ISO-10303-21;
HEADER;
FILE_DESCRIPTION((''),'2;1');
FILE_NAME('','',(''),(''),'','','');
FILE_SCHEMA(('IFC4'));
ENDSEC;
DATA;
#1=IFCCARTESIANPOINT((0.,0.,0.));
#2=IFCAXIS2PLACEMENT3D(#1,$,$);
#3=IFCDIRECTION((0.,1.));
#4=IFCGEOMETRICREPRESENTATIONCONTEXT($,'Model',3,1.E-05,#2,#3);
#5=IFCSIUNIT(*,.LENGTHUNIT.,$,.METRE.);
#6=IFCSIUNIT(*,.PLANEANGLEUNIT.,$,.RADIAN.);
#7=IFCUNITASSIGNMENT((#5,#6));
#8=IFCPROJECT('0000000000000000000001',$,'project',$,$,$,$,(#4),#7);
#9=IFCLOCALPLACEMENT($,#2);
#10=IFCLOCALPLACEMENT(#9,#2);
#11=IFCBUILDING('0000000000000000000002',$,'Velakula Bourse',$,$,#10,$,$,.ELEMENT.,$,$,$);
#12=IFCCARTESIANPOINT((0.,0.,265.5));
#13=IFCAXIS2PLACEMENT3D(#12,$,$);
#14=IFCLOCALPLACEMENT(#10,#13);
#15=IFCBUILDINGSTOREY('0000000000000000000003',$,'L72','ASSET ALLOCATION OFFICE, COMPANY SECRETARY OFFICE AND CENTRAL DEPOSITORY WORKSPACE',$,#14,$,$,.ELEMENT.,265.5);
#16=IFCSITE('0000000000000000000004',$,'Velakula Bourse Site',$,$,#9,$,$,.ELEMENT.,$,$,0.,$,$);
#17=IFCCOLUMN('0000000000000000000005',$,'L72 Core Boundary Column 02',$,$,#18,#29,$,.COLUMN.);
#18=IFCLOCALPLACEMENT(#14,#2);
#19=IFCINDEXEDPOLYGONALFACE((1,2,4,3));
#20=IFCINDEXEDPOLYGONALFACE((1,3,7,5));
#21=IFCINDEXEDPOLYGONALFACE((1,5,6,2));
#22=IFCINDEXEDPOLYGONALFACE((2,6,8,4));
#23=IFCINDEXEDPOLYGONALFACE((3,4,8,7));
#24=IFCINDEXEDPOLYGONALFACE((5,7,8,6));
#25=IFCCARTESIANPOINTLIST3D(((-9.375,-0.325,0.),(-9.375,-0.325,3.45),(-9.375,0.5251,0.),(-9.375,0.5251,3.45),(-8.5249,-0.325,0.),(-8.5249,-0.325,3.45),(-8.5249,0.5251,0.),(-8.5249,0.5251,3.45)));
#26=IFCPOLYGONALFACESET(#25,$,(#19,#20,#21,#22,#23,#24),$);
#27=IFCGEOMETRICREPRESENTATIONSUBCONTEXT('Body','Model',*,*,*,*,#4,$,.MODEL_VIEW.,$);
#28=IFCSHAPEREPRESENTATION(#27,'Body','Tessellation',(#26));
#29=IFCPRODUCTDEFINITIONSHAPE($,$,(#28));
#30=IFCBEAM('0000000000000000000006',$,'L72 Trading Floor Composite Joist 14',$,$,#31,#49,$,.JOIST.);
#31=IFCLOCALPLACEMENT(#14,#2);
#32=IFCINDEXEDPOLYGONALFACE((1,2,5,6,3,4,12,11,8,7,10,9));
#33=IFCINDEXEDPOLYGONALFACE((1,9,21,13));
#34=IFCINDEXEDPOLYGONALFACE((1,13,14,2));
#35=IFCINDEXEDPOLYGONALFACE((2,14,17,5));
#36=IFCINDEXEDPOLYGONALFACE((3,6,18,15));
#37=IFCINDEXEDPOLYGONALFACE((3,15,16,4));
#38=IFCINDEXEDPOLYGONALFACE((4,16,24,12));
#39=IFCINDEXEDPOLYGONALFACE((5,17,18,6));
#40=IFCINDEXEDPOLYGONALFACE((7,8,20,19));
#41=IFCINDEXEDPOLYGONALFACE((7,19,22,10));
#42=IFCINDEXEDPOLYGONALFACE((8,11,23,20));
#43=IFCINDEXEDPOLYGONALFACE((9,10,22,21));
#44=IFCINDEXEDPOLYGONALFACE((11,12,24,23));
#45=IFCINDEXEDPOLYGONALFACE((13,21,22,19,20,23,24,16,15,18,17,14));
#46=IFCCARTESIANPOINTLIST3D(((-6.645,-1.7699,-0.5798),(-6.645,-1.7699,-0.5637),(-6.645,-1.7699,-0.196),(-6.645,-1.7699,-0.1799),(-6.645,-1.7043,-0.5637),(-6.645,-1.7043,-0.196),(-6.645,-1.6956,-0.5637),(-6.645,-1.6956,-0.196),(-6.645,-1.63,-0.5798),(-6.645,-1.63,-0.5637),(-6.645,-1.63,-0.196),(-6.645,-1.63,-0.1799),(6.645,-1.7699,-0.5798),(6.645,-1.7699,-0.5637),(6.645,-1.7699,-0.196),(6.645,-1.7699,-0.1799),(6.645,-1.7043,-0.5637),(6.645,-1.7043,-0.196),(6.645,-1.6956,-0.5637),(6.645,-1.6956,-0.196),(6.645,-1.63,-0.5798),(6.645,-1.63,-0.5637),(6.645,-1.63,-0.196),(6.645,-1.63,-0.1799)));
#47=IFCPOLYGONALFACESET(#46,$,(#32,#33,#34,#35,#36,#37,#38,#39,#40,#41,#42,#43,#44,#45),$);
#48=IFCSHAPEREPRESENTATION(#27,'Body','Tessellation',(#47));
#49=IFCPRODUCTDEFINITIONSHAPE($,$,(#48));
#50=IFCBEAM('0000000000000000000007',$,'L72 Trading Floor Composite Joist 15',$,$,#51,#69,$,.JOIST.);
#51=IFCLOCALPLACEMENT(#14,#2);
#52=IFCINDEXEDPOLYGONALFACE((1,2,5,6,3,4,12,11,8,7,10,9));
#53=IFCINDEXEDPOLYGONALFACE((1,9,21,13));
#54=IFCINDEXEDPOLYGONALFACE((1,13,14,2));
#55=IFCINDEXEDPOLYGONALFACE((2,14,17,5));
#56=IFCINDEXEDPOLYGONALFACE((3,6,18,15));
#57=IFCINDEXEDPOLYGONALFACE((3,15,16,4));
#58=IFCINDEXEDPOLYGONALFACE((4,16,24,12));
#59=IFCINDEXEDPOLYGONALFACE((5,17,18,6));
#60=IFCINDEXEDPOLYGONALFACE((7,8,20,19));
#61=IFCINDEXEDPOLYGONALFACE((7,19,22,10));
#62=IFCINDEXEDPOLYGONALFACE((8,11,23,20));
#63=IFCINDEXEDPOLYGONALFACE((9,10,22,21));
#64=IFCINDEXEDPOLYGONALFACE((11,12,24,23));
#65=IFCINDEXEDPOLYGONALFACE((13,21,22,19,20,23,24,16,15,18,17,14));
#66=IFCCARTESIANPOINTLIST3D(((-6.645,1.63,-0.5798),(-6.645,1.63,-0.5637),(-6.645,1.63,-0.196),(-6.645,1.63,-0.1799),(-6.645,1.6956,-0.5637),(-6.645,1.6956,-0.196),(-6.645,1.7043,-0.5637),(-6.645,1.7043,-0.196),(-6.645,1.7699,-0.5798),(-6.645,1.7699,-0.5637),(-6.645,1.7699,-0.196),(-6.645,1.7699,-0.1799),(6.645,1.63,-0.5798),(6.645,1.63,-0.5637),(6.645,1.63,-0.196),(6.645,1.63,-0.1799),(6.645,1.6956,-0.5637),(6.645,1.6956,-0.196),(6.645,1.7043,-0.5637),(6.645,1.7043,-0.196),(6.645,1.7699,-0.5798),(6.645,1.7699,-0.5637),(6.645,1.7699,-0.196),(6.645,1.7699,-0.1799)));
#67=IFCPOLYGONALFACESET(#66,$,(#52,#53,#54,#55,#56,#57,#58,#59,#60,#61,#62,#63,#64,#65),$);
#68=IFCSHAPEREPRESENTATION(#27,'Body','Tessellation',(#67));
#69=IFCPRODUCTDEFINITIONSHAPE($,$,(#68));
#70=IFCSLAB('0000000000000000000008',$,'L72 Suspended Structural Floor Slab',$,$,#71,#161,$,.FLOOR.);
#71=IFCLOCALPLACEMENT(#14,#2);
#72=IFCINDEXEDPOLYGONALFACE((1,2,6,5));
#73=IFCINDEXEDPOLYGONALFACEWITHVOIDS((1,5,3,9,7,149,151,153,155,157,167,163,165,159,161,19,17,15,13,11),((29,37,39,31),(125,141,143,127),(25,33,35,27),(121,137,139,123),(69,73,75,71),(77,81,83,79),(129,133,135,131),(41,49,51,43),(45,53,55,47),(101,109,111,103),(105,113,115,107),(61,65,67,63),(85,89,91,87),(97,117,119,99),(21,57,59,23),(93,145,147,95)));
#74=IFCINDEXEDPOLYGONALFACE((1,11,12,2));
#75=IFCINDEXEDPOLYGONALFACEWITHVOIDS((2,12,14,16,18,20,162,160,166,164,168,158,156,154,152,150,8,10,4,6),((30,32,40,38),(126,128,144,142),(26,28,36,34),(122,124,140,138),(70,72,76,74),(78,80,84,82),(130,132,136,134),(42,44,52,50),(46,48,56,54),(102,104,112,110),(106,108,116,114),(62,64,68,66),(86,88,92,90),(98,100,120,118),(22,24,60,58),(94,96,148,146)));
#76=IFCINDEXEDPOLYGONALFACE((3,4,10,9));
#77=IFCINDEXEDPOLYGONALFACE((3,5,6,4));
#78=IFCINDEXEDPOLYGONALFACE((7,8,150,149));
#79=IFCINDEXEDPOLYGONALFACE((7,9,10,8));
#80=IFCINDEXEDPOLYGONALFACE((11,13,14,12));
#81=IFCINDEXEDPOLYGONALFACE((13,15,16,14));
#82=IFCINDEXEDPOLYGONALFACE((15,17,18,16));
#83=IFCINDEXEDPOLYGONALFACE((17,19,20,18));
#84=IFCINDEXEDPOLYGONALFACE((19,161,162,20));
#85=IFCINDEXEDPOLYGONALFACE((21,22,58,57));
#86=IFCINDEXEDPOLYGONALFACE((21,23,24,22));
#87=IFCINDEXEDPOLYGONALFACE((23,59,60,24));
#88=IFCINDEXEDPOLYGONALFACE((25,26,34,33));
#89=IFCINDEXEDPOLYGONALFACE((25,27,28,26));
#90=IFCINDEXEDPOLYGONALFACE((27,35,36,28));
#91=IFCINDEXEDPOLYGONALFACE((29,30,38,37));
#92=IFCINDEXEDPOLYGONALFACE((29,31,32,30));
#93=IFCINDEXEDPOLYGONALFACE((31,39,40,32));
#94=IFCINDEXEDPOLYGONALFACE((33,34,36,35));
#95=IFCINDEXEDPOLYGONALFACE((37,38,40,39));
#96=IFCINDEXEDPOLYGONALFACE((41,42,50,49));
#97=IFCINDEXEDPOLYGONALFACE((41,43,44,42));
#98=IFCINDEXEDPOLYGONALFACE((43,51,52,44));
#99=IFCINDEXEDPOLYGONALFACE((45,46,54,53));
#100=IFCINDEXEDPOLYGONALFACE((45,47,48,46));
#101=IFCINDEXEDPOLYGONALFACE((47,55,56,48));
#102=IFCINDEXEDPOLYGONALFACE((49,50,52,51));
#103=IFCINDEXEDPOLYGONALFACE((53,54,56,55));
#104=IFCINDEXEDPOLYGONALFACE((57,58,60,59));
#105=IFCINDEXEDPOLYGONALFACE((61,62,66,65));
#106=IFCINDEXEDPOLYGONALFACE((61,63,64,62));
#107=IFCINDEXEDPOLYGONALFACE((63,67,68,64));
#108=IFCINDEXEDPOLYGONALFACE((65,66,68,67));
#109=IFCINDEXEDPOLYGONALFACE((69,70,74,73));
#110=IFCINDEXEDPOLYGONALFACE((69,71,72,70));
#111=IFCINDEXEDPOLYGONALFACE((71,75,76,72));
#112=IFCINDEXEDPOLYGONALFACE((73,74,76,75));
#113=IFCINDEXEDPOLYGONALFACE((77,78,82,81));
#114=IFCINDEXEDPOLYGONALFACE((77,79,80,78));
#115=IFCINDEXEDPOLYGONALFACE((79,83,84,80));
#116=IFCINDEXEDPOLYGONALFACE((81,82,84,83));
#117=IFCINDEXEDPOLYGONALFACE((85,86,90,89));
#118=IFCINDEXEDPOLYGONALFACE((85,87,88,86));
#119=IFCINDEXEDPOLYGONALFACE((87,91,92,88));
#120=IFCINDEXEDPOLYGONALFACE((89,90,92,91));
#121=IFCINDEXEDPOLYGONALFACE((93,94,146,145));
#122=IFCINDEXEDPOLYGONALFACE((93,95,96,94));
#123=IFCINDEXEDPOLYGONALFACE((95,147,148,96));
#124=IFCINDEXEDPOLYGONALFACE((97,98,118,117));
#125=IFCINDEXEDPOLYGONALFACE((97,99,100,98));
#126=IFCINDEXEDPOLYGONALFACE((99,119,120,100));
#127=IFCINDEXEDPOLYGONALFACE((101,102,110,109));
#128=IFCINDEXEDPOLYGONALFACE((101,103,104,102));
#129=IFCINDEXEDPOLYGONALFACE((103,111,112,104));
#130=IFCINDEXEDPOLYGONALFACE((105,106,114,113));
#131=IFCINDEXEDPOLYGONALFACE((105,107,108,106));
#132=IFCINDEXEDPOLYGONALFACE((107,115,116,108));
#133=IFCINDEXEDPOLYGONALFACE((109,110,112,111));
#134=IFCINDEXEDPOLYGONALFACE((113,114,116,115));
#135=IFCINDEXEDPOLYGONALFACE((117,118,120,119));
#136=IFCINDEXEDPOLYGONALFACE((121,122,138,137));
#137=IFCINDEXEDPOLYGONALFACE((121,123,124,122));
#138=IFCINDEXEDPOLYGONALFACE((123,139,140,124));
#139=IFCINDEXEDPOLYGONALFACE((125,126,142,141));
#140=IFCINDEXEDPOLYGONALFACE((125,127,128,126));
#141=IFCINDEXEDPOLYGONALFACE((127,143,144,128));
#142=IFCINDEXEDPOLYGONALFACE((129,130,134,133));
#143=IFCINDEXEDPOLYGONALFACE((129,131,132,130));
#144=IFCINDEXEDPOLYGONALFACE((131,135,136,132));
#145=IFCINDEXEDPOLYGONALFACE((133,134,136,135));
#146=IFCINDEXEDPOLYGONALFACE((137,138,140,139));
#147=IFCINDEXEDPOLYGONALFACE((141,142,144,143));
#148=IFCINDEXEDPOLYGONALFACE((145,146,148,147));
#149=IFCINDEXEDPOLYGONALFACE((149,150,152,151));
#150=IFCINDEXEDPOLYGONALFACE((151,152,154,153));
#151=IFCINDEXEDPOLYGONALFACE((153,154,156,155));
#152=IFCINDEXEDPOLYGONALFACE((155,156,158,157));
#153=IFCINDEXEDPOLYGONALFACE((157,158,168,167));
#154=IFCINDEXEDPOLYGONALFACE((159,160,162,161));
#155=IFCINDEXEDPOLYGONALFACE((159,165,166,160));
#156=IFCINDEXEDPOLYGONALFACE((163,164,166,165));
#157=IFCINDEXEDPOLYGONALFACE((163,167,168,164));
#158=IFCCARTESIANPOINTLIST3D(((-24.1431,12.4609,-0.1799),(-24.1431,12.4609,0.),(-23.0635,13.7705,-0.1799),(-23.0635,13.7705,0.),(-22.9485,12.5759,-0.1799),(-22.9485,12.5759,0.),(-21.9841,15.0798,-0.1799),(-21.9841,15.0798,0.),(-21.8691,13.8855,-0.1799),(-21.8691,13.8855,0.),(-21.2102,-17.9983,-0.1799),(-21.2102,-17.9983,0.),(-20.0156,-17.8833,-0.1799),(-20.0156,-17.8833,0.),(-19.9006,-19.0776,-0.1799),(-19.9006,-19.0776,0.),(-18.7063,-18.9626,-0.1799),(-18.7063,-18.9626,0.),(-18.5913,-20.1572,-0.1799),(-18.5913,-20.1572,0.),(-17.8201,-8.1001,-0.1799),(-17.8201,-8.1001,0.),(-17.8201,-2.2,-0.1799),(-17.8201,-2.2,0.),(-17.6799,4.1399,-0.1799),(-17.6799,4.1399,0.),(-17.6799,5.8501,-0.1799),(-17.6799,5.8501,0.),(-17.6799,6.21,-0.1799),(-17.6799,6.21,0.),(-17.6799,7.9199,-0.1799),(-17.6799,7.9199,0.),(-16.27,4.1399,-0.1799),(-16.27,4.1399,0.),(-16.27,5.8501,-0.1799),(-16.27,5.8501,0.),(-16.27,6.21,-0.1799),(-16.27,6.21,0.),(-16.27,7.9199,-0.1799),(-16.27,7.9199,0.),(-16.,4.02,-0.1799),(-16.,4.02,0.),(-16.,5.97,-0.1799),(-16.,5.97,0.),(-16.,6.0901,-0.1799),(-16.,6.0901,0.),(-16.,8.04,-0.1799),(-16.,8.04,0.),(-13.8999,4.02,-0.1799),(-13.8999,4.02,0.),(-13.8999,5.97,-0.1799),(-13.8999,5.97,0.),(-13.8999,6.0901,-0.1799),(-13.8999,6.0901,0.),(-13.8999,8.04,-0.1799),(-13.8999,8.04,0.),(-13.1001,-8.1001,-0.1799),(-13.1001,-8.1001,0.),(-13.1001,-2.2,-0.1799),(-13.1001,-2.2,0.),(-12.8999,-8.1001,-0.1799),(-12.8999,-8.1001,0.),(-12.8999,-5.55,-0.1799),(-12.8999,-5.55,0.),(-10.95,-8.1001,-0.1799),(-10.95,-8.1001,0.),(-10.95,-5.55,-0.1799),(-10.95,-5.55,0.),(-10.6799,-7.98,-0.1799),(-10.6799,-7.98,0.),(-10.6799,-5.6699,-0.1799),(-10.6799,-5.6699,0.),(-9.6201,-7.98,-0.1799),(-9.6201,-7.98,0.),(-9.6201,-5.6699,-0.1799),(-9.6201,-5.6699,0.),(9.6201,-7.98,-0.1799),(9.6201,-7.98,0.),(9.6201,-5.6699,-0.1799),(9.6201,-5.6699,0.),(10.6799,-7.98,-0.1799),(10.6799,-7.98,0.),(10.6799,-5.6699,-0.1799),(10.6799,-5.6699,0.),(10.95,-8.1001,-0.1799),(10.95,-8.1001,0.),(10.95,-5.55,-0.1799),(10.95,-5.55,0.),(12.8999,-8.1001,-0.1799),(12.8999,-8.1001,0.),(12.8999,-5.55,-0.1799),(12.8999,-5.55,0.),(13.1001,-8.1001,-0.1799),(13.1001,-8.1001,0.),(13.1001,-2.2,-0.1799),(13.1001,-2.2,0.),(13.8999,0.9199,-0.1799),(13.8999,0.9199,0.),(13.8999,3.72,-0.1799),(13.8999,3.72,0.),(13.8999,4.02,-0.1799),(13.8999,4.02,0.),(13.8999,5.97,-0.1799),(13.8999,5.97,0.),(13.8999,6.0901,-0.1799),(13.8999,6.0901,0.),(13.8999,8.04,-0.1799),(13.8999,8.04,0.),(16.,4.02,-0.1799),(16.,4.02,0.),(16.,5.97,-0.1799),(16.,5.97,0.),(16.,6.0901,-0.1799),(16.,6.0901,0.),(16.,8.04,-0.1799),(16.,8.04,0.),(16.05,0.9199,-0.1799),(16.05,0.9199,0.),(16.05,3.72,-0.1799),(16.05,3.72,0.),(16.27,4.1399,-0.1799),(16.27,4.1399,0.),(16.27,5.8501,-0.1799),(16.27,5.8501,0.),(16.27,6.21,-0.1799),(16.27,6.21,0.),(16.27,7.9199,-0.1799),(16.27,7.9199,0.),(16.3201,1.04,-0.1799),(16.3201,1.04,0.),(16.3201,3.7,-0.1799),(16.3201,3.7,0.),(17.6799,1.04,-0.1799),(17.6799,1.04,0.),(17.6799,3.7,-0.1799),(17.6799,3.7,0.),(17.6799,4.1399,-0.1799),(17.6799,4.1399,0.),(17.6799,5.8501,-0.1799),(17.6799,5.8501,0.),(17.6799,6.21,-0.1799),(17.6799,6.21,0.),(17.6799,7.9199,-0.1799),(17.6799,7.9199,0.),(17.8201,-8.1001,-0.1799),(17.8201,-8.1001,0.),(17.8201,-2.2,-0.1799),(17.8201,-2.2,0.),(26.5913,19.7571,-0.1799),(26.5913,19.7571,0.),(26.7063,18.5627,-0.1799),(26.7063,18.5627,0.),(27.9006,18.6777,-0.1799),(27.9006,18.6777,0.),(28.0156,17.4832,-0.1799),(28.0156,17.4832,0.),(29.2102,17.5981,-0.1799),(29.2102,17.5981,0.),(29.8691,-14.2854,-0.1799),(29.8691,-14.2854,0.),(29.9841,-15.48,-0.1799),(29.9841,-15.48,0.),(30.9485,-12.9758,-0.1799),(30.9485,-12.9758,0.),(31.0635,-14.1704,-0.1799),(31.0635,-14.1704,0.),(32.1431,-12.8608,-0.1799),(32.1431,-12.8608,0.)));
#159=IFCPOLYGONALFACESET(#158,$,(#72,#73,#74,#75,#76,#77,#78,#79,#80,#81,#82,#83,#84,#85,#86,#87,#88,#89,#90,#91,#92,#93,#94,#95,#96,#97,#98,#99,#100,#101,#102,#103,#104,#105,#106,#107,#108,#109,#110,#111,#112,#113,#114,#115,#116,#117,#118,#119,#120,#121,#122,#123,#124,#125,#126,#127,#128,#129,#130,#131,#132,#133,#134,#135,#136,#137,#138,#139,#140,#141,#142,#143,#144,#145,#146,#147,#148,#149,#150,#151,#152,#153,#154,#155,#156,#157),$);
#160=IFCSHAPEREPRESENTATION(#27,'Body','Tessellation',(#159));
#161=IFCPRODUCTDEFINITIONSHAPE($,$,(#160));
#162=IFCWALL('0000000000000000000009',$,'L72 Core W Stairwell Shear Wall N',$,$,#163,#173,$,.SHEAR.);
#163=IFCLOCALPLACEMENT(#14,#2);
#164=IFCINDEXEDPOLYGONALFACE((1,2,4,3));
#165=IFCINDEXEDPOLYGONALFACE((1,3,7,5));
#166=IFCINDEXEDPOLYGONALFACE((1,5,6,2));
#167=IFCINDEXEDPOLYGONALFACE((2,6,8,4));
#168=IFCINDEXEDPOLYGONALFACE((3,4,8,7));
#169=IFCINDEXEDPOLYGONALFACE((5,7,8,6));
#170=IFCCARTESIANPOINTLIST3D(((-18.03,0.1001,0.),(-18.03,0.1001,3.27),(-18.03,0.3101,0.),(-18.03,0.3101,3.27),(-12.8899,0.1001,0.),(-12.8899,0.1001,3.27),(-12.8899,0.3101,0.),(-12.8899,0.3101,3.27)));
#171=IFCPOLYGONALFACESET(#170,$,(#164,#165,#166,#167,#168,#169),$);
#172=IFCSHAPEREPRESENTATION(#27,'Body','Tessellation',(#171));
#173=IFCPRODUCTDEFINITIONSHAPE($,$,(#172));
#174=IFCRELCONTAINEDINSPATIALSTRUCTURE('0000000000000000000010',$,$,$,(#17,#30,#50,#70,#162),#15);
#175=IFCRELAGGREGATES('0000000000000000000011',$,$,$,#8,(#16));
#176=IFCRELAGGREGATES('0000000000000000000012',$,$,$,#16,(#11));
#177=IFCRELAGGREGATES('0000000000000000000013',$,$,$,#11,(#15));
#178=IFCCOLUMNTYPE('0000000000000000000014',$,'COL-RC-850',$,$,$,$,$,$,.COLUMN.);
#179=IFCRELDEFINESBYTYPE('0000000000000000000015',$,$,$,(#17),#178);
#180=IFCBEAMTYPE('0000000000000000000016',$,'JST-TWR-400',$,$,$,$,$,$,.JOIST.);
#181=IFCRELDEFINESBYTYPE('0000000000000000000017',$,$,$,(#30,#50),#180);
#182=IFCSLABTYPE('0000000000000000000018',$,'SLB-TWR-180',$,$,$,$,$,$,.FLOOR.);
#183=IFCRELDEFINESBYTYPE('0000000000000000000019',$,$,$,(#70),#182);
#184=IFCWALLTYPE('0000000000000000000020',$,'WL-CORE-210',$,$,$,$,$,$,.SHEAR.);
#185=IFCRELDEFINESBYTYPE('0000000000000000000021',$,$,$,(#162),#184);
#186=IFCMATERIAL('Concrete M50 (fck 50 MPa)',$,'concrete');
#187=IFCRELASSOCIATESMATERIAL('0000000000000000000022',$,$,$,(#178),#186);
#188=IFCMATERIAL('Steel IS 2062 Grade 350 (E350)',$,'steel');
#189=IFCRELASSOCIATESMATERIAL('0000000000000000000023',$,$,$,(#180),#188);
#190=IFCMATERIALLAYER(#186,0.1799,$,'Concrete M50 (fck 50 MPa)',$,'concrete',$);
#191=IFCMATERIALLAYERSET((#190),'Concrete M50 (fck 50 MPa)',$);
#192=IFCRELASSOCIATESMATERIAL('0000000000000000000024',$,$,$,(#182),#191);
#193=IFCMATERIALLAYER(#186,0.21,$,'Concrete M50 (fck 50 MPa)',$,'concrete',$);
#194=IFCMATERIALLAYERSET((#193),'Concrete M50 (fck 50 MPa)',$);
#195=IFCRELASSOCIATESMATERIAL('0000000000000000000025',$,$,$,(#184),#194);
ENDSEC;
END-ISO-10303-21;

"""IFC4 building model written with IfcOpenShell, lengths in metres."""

from ifc_helpers import new_model, si_unit, direction, frame, frame_2d, origin, origin_2d, place, context, subcontext, project, spatial, polyline, rectangle, i_section, outline, extrude, material, layer, layer_set, material_profile, profile_set, type_object, element, save


model = new_model("IFC4")

# Units and contexts
model_context = context("Model", 3, precision=1e-05, world=origin(), true_north=direction((0.0, 1.0)))
body_context = subcontext(model_context, "Body", "Model", "MODEL_VIEW")
ifc_project = project(units=[si_unit("LENGTHUNIT", "METRE"), si_unit("PLANEANGLEUNIT", "RADIAN")], contexts=[model_context])

# Site, building, storey
site_placement = place(None, origin())
site = spatial("IfcSite", under=ifc_project, at=site_placement, Name="Velakula Bourse Site", CompositionType="ELEMENT", RefElevation=0.0)
building_placement = place(site_placement, origin())
building = spatial("IfcBuilding", under=site, at=building_placement, Name="Velakula Bourse", CompositionType="ELEMENT")
storey_placement = place(building_placement, frame((0.0, 0.0, 265.5)))
storey = spatial("IfcBuildingStorey", under=building, at=storey_placement, Name="L72", Description="ASSET ALLOCATION OFFICE, COMPANY SECRETARY OFFICE AND CENTRAL DEPOSITORY WORKSPACE", CompositionType="ELEMENT", Elevation=265.5)

# Column
ifc_material_1 = material(Name="Concrete M50 (fck 50 MPa)", Category="concrete")
ifc_material_profile_1 = material_profile(ifc_material_1, rectangle(XDim=0.8501, YDim=0.8501, at=origin_2d()), Name="Concrete M50 (fck 50 MPa)")
ifc_profile_set_1 = profile_set([ifc_material_profile_1], Name="Concrete M50 (fck 50 MPa)")
column_type = type_object("IfcColumnType", Name="COL-RC-850", PredefinedType="COLUMN", material=ifc_profile_set_1)
column_placement = place(storey_placement, frame((-8.95, 0.1001, 0.0), z_axis=(0.0, 0.0, 1.0), x_axis=(1.0, 0.0, 0.0)))
element("IfcColumn", 1, at=column_placement, inside=storey, type_object=column_type, Name="L72 Core Boundary Column 02", PredefinedType="COLUMN", context=body_context, shape_type="SweptSolid", body=[
    extrude(rectangle(XDim=0.8501, YDim=0.8501, at=origin_2d()), origin(), (0.0, 0.0, 1.0), 3.45),
])

# Beams
ifc_material_2 = material(Name="Steel IS 2062 Grade 350 (E350)", Category="steel")
ifc_material_profile_2 = material_profile(ifc_material_2, i_section(OverallWidth=0.1399, OverallDepth=0.3999, WebThickness=0.0088, FlangeThickness=0.0161, at=origin_2d()), Name="Steel IS 2062 Grade 350 (E350)")
ifc_profile_set_2 = profile_set([ifc_material_profile_2], Name="Steel IS 2062 Grade 350 (E350)")
beam_type = type_object("IfcBeamType", Name="JST-TWR-400", PredefinedType="JOIST", material=ifc_profile_set_2)
for number, where, z_axis, x_axis, name in (
    (2, (-6.645, -1.7, -0.3799), (1.0, 0.0, 0.0), (0.0, 1.0, 0.0), "L72 Trading Floor Composite Joist 14"),
    (3, (-6.645, 1.7, -0.3799), (1.0, 0.0, 0.0), (0.0, 1.0, 0.0), "L72 Trading Floor Composite Joist 15"),
):
    element("IfcBeam", number, at=place(storey_placement, frame(where, z_axis=z_axis, x_axis=x_axis)), inside=storey, type_object=beam_type, Name=name, PredefinedType="JOIST", context=body_context, shape_type="SweptSolid", body=[
        extrude(i_section(OverallWidth=0.1399, OverallDepth=0.3999, WebThickness=0.0088, FlangeThickness=0.0161, at=origin_2d()), origin(), (0.0, 0.0, 1.0), 13.29),
    ])

# Slab
ifc_layer_1 = layer(ifc_material_1, 0.1799, Name="Concrete M50 (fck 50 MPa)", Category="concrete")
ifc_layer_set_1 = layer_set([ifc_layer_1], Name="Concrete M50 (fck 50 MPa)")
slab_type = type_object("IfcSlabType", Name="SLB-TWR-180", PredefinedType="FLOOR", material=ifc_layer_set_1)
slab_placement = place(storey_placement, frame((0.0, 0.0, -0.1799)))
element("IfcSlab", 4, at=slab_placement, inside=storey, type_object=slab_type, Name="L72 Suspended Structural Floor Slab", PredefinedType="FLOOR", context=body_context, shape_type="SweptSolid", body=[
    extrude(outline(polyline([(-18.5913, -20.1572), (29.9841, -15.48), (29.8691, -14.2854), (31.0635, -14.1704), (30.9485, -12.9758), (32.1431, -12.8608), (29.2102, 17.5981), (28.0156, 17.4832), (27.9006, 18.6777), (26.7063, 18.5627), (26.5913, 19.7571), (-21.9841, 15.0798), (-21.8691, 13.8855), (-23.0635, 13.7705), (-22.9485, 12.5759), (-24.1431, 12.4609), (-21.2102, -17.9983), (-20.0156, -17.8833), (-19.9006, -19.0776), (-18.7063, -18.9626), (-18.5913, -20.1572)]), holes=[polyline([(-17.8201, -8.1001), (-13.1001, -8.1001), (-13.1001, -2.2), (-17.8201, -2.2), (-17.8201, -8.1001)]), polyline([(13.1001, -8.1001), (17.8201, -8.1001), (17.8201, -2.2), (13.1001, -2.2), (13.1001, -8.1001)]), polyline([(-12.8999, -8.1001), (-10.95, -8.1001), (-10.95, -5.55), (-12.8999, -5.55), (-12.8999, -8.1001)]), polyline([(10.95, -8.1001), (12.8999, -8.1001), (12.8999, -5.55), (10.95, -5.55), (10.95, -8.1001)]), polyline([(13.8999, 0.9199), (16.05, 0.9199), (16.05, 3.72), (13.8999, 3.72), (13.8999, 0.9199)]), polyline([(-10.6799, -7.98), (-9.6201, -7.98), (-9.6201, -5.6699), (-10.6799, -5.6699), (-10.6799, -7.98)]), polyline([(-17.6799, 4.1399), (-16.27, 4.1399), (-16.27, 5.8501), (-17.6799, 5.8501), (-17.6799, 4.1399)]), polyline([(-17.6799, 6.21), (-16.27, 6.21), (-16.27, 7.9199), (-17.6799, 7.9199), (-17.6799, 6.21)]), polyline([(9.6201, -7.98), (10.6799, -7.98), (10.6799, -5.6699), (9.6201, -5.6699), (9.6201, -7.98)]), polyline([(16.27, 4.1399), (17.6799, 4.1399), (17.6799, 5.8501), (16.27, 5.8501), (16.27, 4.1399)]), polyline([(16.27, 6.21), (17.6799, 6.21), (17.6799, 7.9199), (16.27, 7.9199), (16.27, 6.21)]), polyline([(16.3201, 1.04), (17.6799, 1.04), (17.6799, 3.7), (16.3201, 3.7), (16.3201, 1.04)]), polyline([(-16.0, 4.02), (-13.8999, 4.02), (-13.8999, 5.97), (-16.0, 5.97), (-16.0, 4.02)]), polyline([(-16.0, 6.0901), (-13.8999, 6.0901), (-13.8999, 8.04), (-16.0, 8.04), (-16.0, 6.0901)]), polyline([(13.8999, 4.02), (16.0, 4.02), (16.0, 5.97), (13.8999, 5.97), (13.8999, 4.02)]), polyline([(13.8999, 6.0901), (16.0, 6.0901), (16.0, 8.04), (13.8999, 8.04), (13.8999, 6.0901)])]), origin(), (0.0, 0.0, 1.0), 0.1799),
])

# Wall
ifc_layer_2 = layer(ifc_material_1, 0.21, Name="Concrete M50 (fck 50 MPa)", Category="concrete")
ifc_layer_set_2 = layer_set([ifc_layer_2], Name="Concrete M50 (fck 50 MPa)")
wall_type_1 = type_object("IfcWallType", Name="WL-CORE-210", PredefinedType="SHEAR", material=ifc_layer_set_2)
wall_1_placement = place(storey_placement, frame((-12.8899, 0.2051, 0.0), z_axis=(0.0, 0.0, 1.0), x_axis=(-1.0, 0.0, 0.0)))
element("IfcWall", 5, at=wall_1_placement, inside=storey, type_object=wall_type_1, Name="L72 Core W Stairwell Shear Wall N", PredefinedType="SHEAR", context=body_context, shape_type="SweptSolid", body=[
    extrude(rectangle(XDim=5.1401, YDim=0.21, at=frame_2d((2.5701, 0.0))), origin(), (0.0, 0.0, 1.0), 3.27),
])

save(model, "model.ifc")
